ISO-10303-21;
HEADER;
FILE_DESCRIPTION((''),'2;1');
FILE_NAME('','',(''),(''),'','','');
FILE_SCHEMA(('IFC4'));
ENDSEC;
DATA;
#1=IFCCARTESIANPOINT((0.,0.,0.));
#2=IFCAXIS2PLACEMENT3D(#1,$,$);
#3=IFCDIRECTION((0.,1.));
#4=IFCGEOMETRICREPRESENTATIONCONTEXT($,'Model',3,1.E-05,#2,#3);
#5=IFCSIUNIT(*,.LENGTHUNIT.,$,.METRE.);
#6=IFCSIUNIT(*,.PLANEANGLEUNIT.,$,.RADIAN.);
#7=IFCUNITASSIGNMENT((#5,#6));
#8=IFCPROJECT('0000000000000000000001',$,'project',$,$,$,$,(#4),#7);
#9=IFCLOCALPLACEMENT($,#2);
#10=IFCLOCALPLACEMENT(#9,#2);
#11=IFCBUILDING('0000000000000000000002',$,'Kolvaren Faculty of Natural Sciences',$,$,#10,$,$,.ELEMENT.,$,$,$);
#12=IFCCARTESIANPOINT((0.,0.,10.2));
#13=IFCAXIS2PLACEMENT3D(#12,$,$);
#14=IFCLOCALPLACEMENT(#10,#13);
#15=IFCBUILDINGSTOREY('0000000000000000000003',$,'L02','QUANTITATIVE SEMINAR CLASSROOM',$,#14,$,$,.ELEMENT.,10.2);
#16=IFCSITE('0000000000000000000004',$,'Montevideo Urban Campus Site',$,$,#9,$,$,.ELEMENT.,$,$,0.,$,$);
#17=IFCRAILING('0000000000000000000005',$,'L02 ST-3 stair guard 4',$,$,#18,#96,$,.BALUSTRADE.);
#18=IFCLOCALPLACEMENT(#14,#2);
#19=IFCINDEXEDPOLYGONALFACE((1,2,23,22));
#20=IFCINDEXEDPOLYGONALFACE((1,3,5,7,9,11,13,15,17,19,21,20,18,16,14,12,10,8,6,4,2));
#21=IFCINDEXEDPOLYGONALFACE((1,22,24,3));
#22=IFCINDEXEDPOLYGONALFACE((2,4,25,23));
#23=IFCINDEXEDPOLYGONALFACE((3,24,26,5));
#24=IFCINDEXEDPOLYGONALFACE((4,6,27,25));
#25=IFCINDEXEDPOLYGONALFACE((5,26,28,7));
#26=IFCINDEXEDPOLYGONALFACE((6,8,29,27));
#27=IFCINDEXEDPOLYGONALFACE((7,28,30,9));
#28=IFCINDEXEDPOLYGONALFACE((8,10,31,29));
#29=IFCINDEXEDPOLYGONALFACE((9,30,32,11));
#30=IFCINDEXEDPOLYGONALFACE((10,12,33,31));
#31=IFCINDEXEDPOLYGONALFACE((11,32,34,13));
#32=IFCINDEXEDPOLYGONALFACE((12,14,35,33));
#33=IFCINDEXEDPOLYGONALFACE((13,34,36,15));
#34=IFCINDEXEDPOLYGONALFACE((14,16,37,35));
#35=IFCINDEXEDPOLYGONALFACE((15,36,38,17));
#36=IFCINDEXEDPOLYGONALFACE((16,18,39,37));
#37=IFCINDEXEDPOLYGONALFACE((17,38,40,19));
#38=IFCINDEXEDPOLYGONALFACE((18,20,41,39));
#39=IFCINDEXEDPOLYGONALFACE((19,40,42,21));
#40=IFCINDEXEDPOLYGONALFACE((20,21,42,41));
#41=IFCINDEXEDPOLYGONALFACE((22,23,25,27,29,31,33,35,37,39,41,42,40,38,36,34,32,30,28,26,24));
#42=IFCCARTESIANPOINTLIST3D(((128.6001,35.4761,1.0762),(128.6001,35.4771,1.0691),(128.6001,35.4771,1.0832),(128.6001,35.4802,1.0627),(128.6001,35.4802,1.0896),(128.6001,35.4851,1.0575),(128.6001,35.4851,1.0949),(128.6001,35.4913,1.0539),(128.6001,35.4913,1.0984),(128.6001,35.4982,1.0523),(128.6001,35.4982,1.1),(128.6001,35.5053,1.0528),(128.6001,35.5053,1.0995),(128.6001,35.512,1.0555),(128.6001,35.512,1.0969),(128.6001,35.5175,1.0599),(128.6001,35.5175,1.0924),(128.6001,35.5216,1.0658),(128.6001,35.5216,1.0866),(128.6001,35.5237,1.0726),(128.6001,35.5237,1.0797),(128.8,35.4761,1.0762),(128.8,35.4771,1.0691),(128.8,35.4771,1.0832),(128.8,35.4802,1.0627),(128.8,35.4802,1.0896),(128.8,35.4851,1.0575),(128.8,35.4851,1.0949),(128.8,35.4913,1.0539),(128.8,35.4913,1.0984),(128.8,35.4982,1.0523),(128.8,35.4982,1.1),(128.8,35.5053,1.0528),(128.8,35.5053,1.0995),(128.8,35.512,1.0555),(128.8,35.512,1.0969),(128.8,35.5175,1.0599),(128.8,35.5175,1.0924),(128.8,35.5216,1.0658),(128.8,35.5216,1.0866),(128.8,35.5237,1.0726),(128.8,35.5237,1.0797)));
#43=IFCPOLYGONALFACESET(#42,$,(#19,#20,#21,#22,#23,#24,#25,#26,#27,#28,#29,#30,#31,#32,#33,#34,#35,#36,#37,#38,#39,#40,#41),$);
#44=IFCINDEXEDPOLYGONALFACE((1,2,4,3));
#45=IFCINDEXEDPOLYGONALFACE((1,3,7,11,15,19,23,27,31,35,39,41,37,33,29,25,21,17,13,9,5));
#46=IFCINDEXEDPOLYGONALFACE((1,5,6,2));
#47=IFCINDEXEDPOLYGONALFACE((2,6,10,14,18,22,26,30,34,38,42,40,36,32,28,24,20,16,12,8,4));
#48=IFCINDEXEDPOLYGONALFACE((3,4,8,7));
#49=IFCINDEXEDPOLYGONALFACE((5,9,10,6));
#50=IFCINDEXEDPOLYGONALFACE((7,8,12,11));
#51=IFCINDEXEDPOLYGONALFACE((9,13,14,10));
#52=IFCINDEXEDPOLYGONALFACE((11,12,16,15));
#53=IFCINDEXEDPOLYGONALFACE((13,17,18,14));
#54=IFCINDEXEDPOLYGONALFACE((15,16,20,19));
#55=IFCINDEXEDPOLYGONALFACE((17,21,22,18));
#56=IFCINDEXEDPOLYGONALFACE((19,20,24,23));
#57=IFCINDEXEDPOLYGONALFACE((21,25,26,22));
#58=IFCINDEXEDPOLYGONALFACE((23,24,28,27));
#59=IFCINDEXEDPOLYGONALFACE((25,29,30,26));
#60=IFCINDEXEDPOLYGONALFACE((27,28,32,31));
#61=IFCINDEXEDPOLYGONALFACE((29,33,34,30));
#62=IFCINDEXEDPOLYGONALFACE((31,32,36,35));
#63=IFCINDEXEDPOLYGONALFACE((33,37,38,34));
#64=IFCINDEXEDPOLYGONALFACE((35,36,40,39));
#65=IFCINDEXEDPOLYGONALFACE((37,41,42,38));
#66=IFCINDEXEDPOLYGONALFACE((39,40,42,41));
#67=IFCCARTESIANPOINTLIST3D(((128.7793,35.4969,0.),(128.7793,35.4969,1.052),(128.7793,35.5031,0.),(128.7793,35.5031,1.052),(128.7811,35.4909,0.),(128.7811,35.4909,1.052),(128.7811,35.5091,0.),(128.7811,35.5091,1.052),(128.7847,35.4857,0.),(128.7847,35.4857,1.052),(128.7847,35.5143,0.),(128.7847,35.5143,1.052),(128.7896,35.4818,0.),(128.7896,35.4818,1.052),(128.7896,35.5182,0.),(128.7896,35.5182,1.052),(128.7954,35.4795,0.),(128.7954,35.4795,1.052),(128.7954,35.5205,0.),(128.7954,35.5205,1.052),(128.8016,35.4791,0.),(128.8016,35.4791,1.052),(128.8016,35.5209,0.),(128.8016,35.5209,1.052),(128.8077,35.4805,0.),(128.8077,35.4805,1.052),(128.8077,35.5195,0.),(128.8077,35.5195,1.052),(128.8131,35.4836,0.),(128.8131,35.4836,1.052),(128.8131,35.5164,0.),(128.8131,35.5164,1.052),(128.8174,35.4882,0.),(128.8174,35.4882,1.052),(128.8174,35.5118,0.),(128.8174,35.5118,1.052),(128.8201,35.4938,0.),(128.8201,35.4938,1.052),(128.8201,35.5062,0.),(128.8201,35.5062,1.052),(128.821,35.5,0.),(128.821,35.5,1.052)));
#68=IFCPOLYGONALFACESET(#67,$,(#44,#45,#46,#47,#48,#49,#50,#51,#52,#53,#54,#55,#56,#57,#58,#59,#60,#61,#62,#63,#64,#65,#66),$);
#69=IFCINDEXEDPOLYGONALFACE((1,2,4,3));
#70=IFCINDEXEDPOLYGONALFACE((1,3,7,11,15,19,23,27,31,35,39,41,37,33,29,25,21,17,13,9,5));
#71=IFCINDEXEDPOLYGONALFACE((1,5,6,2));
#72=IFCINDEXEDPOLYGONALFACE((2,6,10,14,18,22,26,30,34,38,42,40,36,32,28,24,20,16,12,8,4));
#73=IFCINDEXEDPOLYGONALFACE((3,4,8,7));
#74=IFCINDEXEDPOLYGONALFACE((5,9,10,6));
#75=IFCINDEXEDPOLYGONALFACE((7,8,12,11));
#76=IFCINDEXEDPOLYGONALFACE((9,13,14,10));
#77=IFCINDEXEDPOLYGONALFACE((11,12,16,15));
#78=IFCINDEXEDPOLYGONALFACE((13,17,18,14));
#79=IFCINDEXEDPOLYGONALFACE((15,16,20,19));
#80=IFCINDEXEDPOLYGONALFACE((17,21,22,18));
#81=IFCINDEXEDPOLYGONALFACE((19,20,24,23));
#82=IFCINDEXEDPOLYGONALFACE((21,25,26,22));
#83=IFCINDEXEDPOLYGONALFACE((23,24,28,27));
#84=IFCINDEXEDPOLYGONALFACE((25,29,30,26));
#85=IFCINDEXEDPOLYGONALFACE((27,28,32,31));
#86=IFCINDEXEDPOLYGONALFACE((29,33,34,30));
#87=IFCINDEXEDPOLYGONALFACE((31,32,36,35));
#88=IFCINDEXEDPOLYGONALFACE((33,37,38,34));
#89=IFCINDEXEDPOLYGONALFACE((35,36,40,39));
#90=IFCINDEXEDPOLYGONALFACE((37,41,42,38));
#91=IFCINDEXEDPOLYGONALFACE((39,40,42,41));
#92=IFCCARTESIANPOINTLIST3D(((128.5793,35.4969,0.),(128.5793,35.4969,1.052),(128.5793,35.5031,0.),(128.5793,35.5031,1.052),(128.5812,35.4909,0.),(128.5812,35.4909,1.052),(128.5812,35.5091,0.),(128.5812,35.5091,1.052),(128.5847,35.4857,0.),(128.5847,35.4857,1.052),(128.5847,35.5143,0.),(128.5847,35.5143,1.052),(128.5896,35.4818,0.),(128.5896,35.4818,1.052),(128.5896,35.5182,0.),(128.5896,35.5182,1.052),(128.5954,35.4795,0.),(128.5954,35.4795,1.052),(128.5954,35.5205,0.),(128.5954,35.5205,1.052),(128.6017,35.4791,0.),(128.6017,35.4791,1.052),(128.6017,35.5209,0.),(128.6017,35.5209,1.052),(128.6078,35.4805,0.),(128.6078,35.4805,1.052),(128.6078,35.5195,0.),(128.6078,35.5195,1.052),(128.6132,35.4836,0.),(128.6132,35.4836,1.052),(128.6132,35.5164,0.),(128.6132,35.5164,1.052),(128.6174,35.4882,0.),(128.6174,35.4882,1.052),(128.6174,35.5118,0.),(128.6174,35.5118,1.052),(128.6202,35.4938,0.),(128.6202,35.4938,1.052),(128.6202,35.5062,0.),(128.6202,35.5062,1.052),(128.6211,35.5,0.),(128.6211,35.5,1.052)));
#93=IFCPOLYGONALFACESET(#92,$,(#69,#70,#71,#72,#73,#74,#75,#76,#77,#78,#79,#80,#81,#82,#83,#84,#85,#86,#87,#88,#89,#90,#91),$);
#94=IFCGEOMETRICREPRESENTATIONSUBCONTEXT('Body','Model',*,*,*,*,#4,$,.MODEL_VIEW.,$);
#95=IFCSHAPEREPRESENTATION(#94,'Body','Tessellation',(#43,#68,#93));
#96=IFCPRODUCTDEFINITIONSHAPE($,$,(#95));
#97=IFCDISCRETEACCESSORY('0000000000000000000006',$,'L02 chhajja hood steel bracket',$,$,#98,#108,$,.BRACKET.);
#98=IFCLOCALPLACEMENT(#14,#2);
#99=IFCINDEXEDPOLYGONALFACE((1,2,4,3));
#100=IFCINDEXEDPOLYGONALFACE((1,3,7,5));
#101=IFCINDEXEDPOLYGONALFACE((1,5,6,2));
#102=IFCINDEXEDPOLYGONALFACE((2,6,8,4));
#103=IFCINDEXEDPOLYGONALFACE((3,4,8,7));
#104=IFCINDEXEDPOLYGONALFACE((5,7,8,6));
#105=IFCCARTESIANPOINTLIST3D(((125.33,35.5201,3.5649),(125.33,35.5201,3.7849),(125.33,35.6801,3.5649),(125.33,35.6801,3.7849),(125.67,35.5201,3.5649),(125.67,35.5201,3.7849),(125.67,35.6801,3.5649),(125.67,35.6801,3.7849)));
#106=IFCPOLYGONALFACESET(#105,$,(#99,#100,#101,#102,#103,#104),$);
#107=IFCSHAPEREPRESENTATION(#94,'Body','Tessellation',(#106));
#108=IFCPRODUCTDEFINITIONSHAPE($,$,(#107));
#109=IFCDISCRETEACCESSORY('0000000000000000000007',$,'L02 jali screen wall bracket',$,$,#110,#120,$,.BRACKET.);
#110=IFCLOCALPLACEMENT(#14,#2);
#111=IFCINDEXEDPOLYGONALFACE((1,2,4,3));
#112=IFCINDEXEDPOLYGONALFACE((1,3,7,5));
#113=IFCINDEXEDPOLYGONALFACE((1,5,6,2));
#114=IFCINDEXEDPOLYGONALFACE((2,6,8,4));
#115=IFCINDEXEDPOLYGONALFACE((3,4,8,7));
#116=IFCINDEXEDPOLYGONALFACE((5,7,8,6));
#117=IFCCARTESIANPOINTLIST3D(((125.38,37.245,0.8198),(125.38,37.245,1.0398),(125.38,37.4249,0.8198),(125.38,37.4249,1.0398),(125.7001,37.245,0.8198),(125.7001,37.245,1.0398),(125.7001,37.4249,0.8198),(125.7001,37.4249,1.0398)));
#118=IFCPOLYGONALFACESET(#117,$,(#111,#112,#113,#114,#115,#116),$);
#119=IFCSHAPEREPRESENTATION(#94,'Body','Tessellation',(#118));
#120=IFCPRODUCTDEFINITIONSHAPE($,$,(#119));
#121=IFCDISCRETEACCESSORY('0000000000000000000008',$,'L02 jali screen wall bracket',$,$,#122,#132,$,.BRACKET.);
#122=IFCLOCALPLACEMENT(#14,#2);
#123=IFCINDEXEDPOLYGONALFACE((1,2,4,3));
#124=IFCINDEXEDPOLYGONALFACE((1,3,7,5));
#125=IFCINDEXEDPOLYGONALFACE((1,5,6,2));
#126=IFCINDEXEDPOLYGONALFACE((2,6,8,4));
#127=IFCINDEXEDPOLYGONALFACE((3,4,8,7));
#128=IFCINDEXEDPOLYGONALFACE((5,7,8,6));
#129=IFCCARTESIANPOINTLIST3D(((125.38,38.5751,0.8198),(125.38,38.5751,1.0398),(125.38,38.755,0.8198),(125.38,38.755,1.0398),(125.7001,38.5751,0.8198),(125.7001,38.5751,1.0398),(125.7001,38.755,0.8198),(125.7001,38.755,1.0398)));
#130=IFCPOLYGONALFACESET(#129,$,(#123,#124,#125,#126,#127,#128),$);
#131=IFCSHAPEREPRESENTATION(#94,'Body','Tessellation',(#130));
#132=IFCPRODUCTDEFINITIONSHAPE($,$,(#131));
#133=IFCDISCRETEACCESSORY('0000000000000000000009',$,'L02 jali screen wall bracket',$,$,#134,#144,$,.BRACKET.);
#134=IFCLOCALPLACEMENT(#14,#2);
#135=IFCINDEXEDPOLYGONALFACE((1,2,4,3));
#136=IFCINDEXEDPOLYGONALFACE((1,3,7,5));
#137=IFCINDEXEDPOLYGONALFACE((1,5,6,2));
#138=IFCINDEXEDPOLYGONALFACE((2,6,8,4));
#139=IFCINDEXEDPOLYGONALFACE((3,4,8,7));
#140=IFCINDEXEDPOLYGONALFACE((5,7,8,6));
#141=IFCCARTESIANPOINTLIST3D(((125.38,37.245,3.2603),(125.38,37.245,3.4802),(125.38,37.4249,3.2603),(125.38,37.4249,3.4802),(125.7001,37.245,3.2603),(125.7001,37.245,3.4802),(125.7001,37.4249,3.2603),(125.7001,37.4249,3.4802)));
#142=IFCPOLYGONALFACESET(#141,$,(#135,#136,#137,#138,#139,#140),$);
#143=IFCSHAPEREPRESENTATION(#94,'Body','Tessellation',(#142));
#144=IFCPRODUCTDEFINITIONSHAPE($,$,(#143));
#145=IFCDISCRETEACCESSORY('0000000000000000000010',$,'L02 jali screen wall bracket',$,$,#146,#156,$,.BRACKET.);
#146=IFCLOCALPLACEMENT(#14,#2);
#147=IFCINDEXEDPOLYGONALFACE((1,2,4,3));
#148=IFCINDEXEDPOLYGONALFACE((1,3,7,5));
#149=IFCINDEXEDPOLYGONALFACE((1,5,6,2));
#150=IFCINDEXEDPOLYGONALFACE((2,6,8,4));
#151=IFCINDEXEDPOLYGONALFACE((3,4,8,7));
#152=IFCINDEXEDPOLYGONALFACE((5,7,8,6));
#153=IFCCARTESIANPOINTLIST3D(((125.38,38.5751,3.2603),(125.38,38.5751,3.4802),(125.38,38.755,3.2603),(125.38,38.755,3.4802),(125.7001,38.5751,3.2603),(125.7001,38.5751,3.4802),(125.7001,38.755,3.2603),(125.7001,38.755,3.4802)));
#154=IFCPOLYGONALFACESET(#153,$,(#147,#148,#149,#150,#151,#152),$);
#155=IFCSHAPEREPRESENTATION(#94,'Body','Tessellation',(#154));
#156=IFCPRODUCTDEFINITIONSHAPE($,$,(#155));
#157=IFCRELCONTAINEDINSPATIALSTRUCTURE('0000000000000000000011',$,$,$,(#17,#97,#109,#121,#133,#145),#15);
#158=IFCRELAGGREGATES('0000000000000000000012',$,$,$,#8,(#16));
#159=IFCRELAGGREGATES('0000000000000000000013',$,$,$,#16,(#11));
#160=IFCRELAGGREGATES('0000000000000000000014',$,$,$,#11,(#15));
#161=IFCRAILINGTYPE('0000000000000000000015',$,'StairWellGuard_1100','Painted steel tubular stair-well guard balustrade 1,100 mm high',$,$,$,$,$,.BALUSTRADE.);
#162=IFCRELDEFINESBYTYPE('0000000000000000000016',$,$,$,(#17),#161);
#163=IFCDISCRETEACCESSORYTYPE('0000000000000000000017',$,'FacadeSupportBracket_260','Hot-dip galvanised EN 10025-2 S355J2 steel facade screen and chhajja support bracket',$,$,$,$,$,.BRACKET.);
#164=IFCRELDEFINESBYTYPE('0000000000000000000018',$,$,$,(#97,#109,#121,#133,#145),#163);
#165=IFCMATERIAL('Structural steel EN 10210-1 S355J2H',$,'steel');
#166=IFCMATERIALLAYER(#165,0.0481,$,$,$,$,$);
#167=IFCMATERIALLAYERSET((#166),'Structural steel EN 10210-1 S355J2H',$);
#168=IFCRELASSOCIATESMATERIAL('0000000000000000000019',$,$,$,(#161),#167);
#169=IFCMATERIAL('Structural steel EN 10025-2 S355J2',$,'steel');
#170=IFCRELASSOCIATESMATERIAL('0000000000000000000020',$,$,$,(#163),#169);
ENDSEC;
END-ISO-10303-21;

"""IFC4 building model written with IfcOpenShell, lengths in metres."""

from ifc_helpers import new_model, si_unit, direction, frame, origin, origin_2d, place, context, subcontext, project, spatial, rectangle, circle, extrude, material, layer, layer_set, type_object, element, save


model = new_model("IFC4")

# Units and contexts
model_context = context("Model", 3, precision=1e-05, world=origin(), true_north=direction((0.0, 1.0)))
body_context = subcontext(model_context, "Body", "Model", "MODEL_VIEW")
ifc_project = project(units=[si_unit("LENGTHUNIT", "METRE"), si_unit("PLANEANGLEUNIT", "RADIAN")], contexts=[model_context])

# Site, building, storey
site_placement = place(None, origin())
site = spatial("IfcSite", under=ifc_project, at=site_placement, Name="Montevideo Urban Campus Site", CompositionType="ELEMENT", RefElevation=0.0)
building_placement = place(site_placement, origin())
building = spatial("IfcBuilding", under=site, at=building_placement, Name="Kolvaren Faculty of Natural Sciences", CompositionType="ELEMENT")
storey_placement = place(building_placement, frame((0.0, 0.0, 10.2)))
storey = spatial("IfcBuildingStorey", under=building, at=storey_placement, Name="L02", Description="QUANTITATIVE SEMINAR CLASSROOM", CompositionType="ELEMENT", Elevation=10.2)

# Railing
ifc_material_1 = material(Name="Structural steel EN 10210-1 S355J2H", Category="steel")
ifc_layer_1 = layer(ifc_material_1, 0.0481)
ifc_layer_set_1 = layer_set([ifc_layer_1], Name="Structural steel EN 10210-1 S355J2H")
railing_type_1 = type_object("IfcRailingType", Name="StairWellGuard_1100", Description="Painted steel tubular stair-well guard balustrade 1,100 mm high", PredefinedType="BALUSTRADE", material=ifc_layer_set_1)
railing_1_placement = place(storey_placement, frame((128.8, 35.5, 0.0)))
element("IfcRailing", 1, at=railing_1_placement, inside=storey, type_object=railing_type_1, Name="L02 ST-3 stair guard 4", PredefinedType="BALUSTRADE", context=body_context, shape_type="SweptSolid", body=[
    extrude(circle(Radius=0.0239, at=origin_2d()), frame((0.0, 0.0, 1.0762), z_axis=(-1.0, 0.0, 0.0), x_axis=(0.0, -1.0, 0.0)), (0.0, 0.0, 1.0), 0.2),
    extrude(circle(Radius=0.021, at=origin_2d()), origin(), (0.0, 0.0, 1.0), 1.052),
    extrude(circle(Radius=0.021, at=origin_2d()), frame((-0.2, 0.0, 0.0)), (0.0, 0.0, 1.0), 1.052),
])

# Discrete accessories
ifc_material_2 = material(Name="Structural steel EN 10025-2 S355J2", Category="steel")
discrete_accessory_type = type_object("IfcDiscreteAccessoryType", Name="FacadeSupportBracket_260", Description="Hot-dip galvanised EN 10025-2 S355J2 steel facade screen and chhajja support bracket", PredefinedType="BRACKET", material=ifc_material_2)
discrete_accessory_placement = place(storey_placement, frame((125.5, 35.6001, 3.5649), z_axis=(0.0, 0.0, 1.0), x_axis=(0.0, 1.0, 0.0)))
element("IfcDiscreteAccessory", 2, at=discrete_accessory_placement, inside=storey, type_object=discrete_accessory_type, Name="L02 chhajja hood steel bracket", PredefinedType="BRACKET", context=body_context, shape_type="SweptSolid", body=[
    extrude(rectangle(XDim=0.1599, YDim=0.3401, at=origin_2d()), origin(), (0.0, 0.0, 1.0), 0.22),
])
for number, where, z_axis, x_axis, name in (
    (3, (125.54, 37.335, 0.8198), (0.0, 0.0, 1.0), (0.0, 1.0, 0.0), "L02 jali screen wall bracket"),
    (4, (125.54, 38.665, 0.8198), (0.0, 0.0, 1.0), (0.0, 1.0, 0.0), "L02 jali screen wall bracket"),
    (5, (125.54, 37.335, 3.2603), (0.0, 0.0, 1.0), (0.0, 1.0, 0.0), "L02 jali screen wall bracket"),
    (6, (125.54, 38.665, 3.2603), (0.0, 0.0, 1.0), (0.0, 1.0, 0.0), "L02 jali screen wall bracket"),
):
    element("IfcDiscreteAccessory", number, at=place(storey_placement, frame(where, z_axis=z_axis, x_axis=x_axis)), inside=storey, type_object=discrete_accessory_type, Name=name, PredefinedType="BRACKET", context=body_context, shape_type="SweptSolid", body=[
        extrude(rectangle(XDim=0.1799, YDim=0.3201, at=origin_2d()), origin(), (0.0, 0.0, 1.0), 0.22),
    ])

save(model, "model.ifc")
